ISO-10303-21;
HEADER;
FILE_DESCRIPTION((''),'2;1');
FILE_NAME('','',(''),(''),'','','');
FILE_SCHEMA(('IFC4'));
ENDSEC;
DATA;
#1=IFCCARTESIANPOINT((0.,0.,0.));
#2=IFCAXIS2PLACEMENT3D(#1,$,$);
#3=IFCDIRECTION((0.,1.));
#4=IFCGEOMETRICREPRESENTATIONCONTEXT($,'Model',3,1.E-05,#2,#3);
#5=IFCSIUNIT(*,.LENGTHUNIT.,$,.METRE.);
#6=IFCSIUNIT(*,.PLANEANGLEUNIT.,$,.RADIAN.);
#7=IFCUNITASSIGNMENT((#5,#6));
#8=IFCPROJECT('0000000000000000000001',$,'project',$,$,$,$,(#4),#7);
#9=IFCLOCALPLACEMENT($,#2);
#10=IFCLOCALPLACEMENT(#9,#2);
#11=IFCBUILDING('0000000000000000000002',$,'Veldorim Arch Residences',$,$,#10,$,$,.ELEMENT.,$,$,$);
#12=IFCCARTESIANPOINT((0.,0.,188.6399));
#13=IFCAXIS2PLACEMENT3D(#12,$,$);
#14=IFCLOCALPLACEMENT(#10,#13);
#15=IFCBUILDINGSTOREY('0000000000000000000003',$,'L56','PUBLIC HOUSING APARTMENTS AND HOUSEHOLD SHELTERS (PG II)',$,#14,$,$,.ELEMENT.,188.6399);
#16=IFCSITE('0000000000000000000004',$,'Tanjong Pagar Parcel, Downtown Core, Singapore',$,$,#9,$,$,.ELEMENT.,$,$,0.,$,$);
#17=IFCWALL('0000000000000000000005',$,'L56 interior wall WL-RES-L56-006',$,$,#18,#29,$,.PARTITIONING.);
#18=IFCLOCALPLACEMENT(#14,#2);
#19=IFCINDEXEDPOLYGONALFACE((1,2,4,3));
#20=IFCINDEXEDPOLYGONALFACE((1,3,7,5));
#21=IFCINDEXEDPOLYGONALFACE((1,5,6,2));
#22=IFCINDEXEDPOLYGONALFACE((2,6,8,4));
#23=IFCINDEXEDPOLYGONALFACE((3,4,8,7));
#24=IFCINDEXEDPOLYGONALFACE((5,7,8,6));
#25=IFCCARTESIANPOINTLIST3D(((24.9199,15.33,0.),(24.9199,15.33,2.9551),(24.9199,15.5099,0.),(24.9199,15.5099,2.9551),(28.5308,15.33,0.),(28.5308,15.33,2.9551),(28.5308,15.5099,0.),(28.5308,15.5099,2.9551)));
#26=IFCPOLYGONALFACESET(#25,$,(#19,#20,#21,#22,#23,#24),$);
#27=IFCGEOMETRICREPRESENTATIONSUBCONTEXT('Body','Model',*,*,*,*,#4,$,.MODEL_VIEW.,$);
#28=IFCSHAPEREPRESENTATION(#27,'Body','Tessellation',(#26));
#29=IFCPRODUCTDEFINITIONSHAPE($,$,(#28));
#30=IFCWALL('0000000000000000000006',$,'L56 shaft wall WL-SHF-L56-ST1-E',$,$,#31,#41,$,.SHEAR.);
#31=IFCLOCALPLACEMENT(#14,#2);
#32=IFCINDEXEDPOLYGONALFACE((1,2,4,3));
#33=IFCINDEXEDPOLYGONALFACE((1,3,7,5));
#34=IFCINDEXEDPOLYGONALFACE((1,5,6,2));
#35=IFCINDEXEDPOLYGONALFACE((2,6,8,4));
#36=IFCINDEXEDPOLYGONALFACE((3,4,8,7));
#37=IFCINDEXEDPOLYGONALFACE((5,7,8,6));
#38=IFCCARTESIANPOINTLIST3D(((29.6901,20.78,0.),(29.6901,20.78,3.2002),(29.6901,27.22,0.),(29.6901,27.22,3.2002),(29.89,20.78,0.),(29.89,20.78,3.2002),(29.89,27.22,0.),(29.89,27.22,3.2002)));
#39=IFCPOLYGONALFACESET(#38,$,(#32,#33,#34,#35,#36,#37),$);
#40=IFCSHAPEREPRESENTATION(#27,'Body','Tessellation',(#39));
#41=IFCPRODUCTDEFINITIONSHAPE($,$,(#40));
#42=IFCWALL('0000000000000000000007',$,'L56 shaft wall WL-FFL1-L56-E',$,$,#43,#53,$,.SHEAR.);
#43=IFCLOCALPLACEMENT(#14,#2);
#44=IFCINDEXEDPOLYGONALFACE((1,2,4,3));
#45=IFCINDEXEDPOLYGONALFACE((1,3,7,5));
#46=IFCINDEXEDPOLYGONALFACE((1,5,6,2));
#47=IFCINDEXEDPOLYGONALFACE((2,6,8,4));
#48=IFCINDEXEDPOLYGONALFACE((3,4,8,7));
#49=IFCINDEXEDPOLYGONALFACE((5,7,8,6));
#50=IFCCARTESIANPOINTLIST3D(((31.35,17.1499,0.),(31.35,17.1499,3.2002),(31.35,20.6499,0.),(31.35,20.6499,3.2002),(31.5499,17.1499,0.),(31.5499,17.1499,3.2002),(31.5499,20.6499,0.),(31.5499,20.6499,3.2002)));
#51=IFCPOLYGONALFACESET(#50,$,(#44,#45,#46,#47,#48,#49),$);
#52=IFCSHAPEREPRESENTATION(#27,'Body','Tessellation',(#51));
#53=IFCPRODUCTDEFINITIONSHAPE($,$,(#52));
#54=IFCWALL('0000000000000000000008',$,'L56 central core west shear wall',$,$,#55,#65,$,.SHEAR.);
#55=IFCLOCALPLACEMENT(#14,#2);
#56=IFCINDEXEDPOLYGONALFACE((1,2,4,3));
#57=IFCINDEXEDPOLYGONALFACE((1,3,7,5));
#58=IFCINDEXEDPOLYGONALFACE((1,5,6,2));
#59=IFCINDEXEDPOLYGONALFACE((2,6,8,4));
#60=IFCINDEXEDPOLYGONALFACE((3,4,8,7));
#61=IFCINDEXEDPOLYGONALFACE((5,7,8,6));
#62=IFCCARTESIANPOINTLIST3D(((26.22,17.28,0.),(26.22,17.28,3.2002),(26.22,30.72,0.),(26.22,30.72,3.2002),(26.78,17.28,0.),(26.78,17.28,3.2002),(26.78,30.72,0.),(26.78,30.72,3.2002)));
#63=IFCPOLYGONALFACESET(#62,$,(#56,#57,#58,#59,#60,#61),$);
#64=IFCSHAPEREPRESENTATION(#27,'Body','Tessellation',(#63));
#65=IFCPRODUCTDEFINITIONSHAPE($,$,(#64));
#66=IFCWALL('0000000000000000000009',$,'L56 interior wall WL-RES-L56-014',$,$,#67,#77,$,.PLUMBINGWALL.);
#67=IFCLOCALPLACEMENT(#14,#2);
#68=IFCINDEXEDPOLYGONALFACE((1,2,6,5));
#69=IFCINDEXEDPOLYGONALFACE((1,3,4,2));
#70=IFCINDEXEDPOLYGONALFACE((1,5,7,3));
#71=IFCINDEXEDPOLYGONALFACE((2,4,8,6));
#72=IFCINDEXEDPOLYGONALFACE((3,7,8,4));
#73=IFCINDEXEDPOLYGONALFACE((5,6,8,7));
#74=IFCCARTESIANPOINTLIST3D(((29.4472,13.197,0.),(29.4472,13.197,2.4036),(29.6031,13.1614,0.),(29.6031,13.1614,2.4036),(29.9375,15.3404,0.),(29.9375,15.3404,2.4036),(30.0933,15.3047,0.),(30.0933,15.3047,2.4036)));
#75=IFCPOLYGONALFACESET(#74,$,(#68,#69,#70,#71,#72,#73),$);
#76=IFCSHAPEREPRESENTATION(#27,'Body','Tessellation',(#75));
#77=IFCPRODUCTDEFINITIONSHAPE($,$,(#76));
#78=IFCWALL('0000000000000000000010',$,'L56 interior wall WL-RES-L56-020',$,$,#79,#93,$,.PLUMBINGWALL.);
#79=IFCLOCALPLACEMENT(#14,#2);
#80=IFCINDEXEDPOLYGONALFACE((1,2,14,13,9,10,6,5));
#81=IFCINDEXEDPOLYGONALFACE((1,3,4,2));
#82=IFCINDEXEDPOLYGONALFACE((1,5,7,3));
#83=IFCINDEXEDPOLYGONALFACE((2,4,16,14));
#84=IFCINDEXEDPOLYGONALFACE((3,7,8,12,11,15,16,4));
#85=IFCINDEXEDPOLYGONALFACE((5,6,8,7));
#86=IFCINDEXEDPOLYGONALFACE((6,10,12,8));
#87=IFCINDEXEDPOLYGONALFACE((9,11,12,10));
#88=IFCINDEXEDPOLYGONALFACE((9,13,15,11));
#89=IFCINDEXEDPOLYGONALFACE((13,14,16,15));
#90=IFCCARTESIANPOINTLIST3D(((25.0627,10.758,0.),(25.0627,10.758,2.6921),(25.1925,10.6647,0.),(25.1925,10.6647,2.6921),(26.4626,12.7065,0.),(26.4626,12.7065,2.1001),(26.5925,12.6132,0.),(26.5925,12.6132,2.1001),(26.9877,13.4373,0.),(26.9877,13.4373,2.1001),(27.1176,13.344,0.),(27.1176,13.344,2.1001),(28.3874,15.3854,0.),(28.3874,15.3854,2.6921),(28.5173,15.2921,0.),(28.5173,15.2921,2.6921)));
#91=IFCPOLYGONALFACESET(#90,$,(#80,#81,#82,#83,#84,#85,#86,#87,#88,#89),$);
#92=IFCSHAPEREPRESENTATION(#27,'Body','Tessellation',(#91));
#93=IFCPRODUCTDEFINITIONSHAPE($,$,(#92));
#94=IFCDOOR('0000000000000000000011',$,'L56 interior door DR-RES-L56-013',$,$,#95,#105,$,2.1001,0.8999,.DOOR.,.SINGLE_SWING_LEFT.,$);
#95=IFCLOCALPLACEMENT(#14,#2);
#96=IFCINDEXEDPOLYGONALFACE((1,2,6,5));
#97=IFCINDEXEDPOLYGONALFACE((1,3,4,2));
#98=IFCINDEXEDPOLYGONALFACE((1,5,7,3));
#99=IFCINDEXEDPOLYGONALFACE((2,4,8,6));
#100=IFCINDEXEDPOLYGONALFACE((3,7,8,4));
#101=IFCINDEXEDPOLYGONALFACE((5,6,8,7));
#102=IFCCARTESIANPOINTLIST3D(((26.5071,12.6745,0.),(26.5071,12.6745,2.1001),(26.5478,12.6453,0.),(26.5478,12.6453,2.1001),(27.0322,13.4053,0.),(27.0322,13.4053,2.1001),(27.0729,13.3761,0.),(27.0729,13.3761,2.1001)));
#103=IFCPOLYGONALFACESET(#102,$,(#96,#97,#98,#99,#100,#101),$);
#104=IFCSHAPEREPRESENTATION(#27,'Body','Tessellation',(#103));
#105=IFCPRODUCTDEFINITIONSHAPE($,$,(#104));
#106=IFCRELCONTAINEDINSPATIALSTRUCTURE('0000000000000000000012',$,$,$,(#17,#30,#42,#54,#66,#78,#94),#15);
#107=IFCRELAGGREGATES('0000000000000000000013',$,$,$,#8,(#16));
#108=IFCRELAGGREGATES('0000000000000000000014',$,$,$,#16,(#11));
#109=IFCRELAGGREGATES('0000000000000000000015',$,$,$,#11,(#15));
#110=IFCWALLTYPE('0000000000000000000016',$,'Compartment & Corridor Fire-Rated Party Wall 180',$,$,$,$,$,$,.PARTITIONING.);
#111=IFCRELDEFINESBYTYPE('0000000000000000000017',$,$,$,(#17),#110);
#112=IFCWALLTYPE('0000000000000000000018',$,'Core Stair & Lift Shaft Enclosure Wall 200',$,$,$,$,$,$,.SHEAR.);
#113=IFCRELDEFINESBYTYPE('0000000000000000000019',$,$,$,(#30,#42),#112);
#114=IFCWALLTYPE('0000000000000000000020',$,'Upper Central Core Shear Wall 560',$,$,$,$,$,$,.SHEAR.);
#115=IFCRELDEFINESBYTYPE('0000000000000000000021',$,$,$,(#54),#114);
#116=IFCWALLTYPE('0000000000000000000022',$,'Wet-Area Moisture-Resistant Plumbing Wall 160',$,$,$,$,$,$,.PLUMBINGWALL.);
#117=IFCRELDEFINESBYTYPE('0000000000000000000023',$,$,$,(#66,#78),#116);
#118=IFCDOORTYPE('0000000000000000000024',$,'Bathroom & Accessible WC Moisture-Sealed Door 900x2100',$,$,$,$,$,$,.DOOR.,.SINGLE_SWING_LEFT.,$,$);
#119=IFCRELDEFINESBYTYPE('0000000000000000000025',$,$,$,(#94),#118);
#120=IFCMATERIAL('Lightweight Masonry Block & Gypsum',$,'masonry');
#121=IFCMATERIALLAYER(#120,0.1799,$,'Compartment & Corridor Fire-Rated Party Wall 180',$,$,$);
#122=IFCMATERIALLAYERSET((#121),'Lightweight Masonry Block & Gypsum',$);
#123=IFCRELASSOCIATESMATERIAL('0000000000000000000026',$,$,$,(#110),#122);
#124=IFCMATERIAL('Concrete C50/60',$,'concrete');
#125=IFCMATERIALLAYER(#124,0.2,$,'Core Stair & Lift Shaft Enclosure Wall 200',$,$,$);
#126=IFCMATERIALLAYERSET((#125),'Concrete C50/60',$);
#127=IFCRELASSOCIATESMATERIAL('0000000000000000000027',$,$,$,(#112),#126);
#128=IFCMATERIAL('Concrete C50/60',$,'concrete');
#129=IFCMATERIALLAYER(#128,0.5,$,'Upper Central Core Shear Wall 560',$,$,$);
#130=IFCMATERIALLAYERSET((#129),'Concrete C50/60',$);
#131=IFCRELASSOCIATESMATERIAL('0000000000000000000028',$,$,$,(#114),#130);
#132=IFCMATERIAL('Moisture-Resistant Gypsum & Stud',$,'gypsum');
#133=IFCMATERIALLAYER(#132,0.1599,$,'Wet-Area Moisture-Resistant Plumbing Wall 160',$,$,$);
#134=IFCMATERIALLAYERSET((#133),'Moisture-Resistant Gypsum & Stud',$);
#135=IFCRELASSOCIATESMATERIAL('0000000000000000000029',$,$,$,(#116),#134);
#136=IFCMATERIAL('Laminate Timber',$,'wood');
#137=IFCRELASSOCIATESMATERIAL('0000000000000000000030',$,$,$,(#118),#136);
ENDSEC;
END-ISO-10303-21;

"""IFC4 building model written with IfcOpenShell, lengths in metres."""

from ifc_helpers import new_model, si_unit, direction, frame, frame_2d, origin, place, context, subcontext, project, spatial, rectangle, extrude, material, layer, layer_set, type_object, element, fill, save


model = new_model("IFC4")

# Units and contexts
model_context = context("Model", 3, precision=1e-05, world=origin(), true_north=direction((0.0, 1.0)))
body_context = subcontext(model_context, "Body", "Model", "MODEL_VIEW")
ifc_project = project(units=[si_unit("LENGTHUNIT", "METRE"), si_unit("PLANEANGLEUNIT", "RADIAN")], contexts=[model_context])

# Site, building, storey
site_placement = place(None, origin())
site = spatial("IfcSite", under=ifc_project, at=site_placement, Name="Tanjong Pagar Parcel, Downtown Core, Singapore", CompositionType="ELEMENT", RefElevation=0.0)
building_placement = place(site_placement, origin())
building = spatial("IfcBuilding", under=site, at=building_placement, Name="Veldorim Arch Residences", CompositionType="ELEMENT")
storey_placement = place(building_placement, frame((0.0, 0.0, 188.6399)))
storey = spatial("IfcBuildingStorey", under=building, at=storey_placement, Name="L56", Description="PUBLIC HOUSING APARTMENTS AND HOUSEHOLD SHELTERS (PG II)", CompositionType="ELEMENT", Elevation=188.6399)

# Walls
ifc_material_1 = material(Name="Lightweight Masonry Block & Gypsum", Category="masonry")
ifc_layer_1 = layer(ifc_material_1, 0.1799, Name="Compartment & Corridor Fire-Rated Party Wall 180")
ifc_layer_set_1 = layer_set([ifc_layer_1], Name="Lightweight Masonry Block & Gypsum")
wall_type_1 = type_object("IfcWallType", Name="Compartment & Corridor Fire-Rated Party Wall 180", PredefinedType="PARTITIONING", material=ifc_layer_set_1)
wall_1_placement = place(storey_placement, frame((28.5308, 15.4199, 0.0), z_axis=(0.0, 0.0, 1.0), x_axis=(-1.0, 0.0, 0.0)))
element("IfcWall", 1, at=wall_1_placement, inside=storey, type_object=wall_type_1, Name="L56 interior wall WL-RES-L56-006", PredefinedType="PARTITIONING", context=body_context, shape_type="SweptSolid", body=[
    extrude(rectangle(XDim=3.6108, YDim=0.1799, at=frame_2d((1.8054, 0.0))), origin(), (0.0, 0.0, 1.0), 2.9551),
])
ifc_material_2 = material(Name="Concrete C50/60", Category="concrete")
ifc_layer_2 = layer(ifc_material_2, 0.2, Name="Core Stair & Lift Shaft Enclosure Wall 200")
ifc_layer_set_2 = layer_set([ifc_layer_2], Name="Concrete C50/60")
wall_type_2 = type_object("IfcWallType", Name="Core Stair & Lift Shaft Enclosure Wall 200", PredefinedType="SHEAR", material=ifc_layer_set_2)
wall_2_placement = place(storey_placement, frame((29.79, 20.78, 0.0), z_axis=(0.0, 0.0, 1.0), x_axis=(0.0, 1.0, 0.0)))
element("IfcWall", 2, at=wall_2_placement, inside=storey, type_object=wall_type_2, Name="L56 shaft wall WL-SHF-L56-ST1-E", PredefinedType="SHEAR", context=body_context, shape_type="SweptSolid", body=[
    extrude(rectangle(XDim=6.4399, YDim=0.2, at=frame_2d((3.22, 0.0))), origin(), (0.0, 0.0, 1.0), 3.2002),
])

# Wall
wall_3_placement = place(storey_placement, frame((31.45, 17.1499, 0.0), z_axis=(0.0, 0.0, 1.0), x_axis=(0.0, 1.0, 0.0)))
element("IfcWall", 3, at=wall_3_placement, inside=storey, type_object=wall_type_2, Name="L56 shaft wall WL-FFL1-L56-E", PredefinedType="SHEAR", context=body_context, shape_type="SweptSolid", body=[
    extrude(rectangle(XDim=3.5, YDim=0.2, at=frame_2d((1.75, 0.0))), origin(), (0.0, 0.0, 1.0), 3.2002),
])

# Shared definitions
ifc_material_3 = material(Name="Concrete C50/60", Category="concrete")
ifc_layer_3 = layer(ifc_material_3, 0.5, Name="Upper Central Core Shear Wall 560")
ifc_layer_set_3 = layer_set([ifc_layer_3], Name="Concrete C50/60")
wall_type_3 = type_object("IfcWallType", Name="Upper Central Core Shear Wall 560", PredefinedType="SHEAR", material=ifc_layer_set_3)

# Walls
wall_4_placement = place(storey_placement, frame((26.5, 17.28, 0.0), z_axis=(0.0, 0.0, 1.0), x_axis=(0.0, 1.0, 0.0)))
element("IfcWall", 4, at=wall_4_placement, inside=storey, type_object=wall_type_3, Name="L56 central core west shear wall", PredefinedType="SHEAR", context=body_context, shape_type="SweptSolid", body=[
    extrude(rectangle(XDim=13.4399, YDim=0.5601, at=frame_2d((6.72, 0.0))), origin(), (0.0, 0.0, 1.0), 3.2002),
])
ifc_material_4 = material(Name="Moisture-Resistant Gypsum & Stud", Category="gypsum")
ifc_layer_4 = layer(ifc_material_4, 0.1599, Name="Wet-Area Moisture-Resistant Plumbing Wall 160")
ifc_layer_set_4 = layer_set([ifc_layer_4], Name="Moisture-Resistant Gypsum & Stud")
wall_type_4 = type_object("IfcWallType", Name="Wet-Area Moisture-Resistant Plumbing Wall 160", PredefinedType="PLUMBINGWALL", material=ifc_layer_set_4)
wall_5_placement = place(storey_placement, frame((29.5251, 13.1792, 0.0), z_axis=(0.0, 0.0, 1.0), x_axis=(0.22297, 0.974825, 0.0)))
element("IfcWall", 5, at=wall_5_placement, inside=storey, type_object=wall_type_4, Name="L56 interior wall WL-RES-L56-014", PredefinedType="PLUMBINGWALL", context=body_context, shape_type="SweptSolid", body=[
    extrude(rectangle(XDim=2.1987, YDim=0.1599, at=frame_2d((1.0994, 0.0))), origin(), (0.0, 0.0, 1.0), 2.4036),
])

# Wall, opening, door
wall_6_placement = place(storey_placement, frame((28.4524, 15.3389, 0.0), z_axis=(0.0, 0.0, 1.0), x_axis=(-0.583489, -0.812121, 0.0)))
wall_6 = element("IfcWall", 6, at=wall_6_placement, inside=storey, type_object=wall_type_4, Name="L56 interior wall WL-RES-L56-020", PredefinedType="PLUMBINGWALL", context=body_context, shape_type="SweptSolid", body=[
    extrude(rectangle(XDim=5.698, YDim=0.1599, at=frame_2d((2.8491, 0.0))), origin(), (0.0, 0.0, 1.0), 2.6921),
])
opening_1_placement = place(wall_6_placement, frame((2.3989, 0.0, 0.0)))
opening_1 = element("IfcOpeningElement", 7, at=opening_1_placement, cuts=wall_6, PredefinedType="OPENING", context=body_context, shape_type="SweptSolid", body=[
    extrude(rectangle(XDim=0.8999, YDim=2.1001, at=frame_2d((0.45, 1.05))), frame((0.0, 0.0898, 0.0), z_axis=(0.0, -1.0, 0.0), x_axis=(1.0, 0.0, 0.0)), (0.0, 0.0, 1.0), 0.1799),
])
ifc_material_5 = material(Name="Laminate Timber", Category="wood")
door_type_1 = type_object("IfcDoorType", Name="Bathroom & Accessible WC Moisture-Sealed Door 900x2100", OperationType="SINGLE_SWING_LEFT", PredefinedType="DOOR", material=ifc_material_5)
door_1_placement = place(opening_1_placement, origin())
door_1 = element("IfcDoor", 8, at=door_1_placement, inside=storey, type_object=door_type_1, Name="L56 interior door DR-RES-L56-013", OperationType="SINGLE_SWING_LEFT", OverallHeight=2.1001, OverallWidth=0.8999, PredefinedType="DOOR", context=body_context, shape_type="SweptSolid", body=[
    extrude(rectangle(XDim=0.8999, YDim=2.1001, at=frame_2d((0.45, 1.05))), frame((0.0, 0.0249, 0.0), z_axis=(0.0, -1.0, 0.0), x_axis=(1.0, 0.0, 0.0)), (0.0, 0.0, 1.0), 0.05),
])
fill(opening_1, door_1)

save(model, "model.ifc")
